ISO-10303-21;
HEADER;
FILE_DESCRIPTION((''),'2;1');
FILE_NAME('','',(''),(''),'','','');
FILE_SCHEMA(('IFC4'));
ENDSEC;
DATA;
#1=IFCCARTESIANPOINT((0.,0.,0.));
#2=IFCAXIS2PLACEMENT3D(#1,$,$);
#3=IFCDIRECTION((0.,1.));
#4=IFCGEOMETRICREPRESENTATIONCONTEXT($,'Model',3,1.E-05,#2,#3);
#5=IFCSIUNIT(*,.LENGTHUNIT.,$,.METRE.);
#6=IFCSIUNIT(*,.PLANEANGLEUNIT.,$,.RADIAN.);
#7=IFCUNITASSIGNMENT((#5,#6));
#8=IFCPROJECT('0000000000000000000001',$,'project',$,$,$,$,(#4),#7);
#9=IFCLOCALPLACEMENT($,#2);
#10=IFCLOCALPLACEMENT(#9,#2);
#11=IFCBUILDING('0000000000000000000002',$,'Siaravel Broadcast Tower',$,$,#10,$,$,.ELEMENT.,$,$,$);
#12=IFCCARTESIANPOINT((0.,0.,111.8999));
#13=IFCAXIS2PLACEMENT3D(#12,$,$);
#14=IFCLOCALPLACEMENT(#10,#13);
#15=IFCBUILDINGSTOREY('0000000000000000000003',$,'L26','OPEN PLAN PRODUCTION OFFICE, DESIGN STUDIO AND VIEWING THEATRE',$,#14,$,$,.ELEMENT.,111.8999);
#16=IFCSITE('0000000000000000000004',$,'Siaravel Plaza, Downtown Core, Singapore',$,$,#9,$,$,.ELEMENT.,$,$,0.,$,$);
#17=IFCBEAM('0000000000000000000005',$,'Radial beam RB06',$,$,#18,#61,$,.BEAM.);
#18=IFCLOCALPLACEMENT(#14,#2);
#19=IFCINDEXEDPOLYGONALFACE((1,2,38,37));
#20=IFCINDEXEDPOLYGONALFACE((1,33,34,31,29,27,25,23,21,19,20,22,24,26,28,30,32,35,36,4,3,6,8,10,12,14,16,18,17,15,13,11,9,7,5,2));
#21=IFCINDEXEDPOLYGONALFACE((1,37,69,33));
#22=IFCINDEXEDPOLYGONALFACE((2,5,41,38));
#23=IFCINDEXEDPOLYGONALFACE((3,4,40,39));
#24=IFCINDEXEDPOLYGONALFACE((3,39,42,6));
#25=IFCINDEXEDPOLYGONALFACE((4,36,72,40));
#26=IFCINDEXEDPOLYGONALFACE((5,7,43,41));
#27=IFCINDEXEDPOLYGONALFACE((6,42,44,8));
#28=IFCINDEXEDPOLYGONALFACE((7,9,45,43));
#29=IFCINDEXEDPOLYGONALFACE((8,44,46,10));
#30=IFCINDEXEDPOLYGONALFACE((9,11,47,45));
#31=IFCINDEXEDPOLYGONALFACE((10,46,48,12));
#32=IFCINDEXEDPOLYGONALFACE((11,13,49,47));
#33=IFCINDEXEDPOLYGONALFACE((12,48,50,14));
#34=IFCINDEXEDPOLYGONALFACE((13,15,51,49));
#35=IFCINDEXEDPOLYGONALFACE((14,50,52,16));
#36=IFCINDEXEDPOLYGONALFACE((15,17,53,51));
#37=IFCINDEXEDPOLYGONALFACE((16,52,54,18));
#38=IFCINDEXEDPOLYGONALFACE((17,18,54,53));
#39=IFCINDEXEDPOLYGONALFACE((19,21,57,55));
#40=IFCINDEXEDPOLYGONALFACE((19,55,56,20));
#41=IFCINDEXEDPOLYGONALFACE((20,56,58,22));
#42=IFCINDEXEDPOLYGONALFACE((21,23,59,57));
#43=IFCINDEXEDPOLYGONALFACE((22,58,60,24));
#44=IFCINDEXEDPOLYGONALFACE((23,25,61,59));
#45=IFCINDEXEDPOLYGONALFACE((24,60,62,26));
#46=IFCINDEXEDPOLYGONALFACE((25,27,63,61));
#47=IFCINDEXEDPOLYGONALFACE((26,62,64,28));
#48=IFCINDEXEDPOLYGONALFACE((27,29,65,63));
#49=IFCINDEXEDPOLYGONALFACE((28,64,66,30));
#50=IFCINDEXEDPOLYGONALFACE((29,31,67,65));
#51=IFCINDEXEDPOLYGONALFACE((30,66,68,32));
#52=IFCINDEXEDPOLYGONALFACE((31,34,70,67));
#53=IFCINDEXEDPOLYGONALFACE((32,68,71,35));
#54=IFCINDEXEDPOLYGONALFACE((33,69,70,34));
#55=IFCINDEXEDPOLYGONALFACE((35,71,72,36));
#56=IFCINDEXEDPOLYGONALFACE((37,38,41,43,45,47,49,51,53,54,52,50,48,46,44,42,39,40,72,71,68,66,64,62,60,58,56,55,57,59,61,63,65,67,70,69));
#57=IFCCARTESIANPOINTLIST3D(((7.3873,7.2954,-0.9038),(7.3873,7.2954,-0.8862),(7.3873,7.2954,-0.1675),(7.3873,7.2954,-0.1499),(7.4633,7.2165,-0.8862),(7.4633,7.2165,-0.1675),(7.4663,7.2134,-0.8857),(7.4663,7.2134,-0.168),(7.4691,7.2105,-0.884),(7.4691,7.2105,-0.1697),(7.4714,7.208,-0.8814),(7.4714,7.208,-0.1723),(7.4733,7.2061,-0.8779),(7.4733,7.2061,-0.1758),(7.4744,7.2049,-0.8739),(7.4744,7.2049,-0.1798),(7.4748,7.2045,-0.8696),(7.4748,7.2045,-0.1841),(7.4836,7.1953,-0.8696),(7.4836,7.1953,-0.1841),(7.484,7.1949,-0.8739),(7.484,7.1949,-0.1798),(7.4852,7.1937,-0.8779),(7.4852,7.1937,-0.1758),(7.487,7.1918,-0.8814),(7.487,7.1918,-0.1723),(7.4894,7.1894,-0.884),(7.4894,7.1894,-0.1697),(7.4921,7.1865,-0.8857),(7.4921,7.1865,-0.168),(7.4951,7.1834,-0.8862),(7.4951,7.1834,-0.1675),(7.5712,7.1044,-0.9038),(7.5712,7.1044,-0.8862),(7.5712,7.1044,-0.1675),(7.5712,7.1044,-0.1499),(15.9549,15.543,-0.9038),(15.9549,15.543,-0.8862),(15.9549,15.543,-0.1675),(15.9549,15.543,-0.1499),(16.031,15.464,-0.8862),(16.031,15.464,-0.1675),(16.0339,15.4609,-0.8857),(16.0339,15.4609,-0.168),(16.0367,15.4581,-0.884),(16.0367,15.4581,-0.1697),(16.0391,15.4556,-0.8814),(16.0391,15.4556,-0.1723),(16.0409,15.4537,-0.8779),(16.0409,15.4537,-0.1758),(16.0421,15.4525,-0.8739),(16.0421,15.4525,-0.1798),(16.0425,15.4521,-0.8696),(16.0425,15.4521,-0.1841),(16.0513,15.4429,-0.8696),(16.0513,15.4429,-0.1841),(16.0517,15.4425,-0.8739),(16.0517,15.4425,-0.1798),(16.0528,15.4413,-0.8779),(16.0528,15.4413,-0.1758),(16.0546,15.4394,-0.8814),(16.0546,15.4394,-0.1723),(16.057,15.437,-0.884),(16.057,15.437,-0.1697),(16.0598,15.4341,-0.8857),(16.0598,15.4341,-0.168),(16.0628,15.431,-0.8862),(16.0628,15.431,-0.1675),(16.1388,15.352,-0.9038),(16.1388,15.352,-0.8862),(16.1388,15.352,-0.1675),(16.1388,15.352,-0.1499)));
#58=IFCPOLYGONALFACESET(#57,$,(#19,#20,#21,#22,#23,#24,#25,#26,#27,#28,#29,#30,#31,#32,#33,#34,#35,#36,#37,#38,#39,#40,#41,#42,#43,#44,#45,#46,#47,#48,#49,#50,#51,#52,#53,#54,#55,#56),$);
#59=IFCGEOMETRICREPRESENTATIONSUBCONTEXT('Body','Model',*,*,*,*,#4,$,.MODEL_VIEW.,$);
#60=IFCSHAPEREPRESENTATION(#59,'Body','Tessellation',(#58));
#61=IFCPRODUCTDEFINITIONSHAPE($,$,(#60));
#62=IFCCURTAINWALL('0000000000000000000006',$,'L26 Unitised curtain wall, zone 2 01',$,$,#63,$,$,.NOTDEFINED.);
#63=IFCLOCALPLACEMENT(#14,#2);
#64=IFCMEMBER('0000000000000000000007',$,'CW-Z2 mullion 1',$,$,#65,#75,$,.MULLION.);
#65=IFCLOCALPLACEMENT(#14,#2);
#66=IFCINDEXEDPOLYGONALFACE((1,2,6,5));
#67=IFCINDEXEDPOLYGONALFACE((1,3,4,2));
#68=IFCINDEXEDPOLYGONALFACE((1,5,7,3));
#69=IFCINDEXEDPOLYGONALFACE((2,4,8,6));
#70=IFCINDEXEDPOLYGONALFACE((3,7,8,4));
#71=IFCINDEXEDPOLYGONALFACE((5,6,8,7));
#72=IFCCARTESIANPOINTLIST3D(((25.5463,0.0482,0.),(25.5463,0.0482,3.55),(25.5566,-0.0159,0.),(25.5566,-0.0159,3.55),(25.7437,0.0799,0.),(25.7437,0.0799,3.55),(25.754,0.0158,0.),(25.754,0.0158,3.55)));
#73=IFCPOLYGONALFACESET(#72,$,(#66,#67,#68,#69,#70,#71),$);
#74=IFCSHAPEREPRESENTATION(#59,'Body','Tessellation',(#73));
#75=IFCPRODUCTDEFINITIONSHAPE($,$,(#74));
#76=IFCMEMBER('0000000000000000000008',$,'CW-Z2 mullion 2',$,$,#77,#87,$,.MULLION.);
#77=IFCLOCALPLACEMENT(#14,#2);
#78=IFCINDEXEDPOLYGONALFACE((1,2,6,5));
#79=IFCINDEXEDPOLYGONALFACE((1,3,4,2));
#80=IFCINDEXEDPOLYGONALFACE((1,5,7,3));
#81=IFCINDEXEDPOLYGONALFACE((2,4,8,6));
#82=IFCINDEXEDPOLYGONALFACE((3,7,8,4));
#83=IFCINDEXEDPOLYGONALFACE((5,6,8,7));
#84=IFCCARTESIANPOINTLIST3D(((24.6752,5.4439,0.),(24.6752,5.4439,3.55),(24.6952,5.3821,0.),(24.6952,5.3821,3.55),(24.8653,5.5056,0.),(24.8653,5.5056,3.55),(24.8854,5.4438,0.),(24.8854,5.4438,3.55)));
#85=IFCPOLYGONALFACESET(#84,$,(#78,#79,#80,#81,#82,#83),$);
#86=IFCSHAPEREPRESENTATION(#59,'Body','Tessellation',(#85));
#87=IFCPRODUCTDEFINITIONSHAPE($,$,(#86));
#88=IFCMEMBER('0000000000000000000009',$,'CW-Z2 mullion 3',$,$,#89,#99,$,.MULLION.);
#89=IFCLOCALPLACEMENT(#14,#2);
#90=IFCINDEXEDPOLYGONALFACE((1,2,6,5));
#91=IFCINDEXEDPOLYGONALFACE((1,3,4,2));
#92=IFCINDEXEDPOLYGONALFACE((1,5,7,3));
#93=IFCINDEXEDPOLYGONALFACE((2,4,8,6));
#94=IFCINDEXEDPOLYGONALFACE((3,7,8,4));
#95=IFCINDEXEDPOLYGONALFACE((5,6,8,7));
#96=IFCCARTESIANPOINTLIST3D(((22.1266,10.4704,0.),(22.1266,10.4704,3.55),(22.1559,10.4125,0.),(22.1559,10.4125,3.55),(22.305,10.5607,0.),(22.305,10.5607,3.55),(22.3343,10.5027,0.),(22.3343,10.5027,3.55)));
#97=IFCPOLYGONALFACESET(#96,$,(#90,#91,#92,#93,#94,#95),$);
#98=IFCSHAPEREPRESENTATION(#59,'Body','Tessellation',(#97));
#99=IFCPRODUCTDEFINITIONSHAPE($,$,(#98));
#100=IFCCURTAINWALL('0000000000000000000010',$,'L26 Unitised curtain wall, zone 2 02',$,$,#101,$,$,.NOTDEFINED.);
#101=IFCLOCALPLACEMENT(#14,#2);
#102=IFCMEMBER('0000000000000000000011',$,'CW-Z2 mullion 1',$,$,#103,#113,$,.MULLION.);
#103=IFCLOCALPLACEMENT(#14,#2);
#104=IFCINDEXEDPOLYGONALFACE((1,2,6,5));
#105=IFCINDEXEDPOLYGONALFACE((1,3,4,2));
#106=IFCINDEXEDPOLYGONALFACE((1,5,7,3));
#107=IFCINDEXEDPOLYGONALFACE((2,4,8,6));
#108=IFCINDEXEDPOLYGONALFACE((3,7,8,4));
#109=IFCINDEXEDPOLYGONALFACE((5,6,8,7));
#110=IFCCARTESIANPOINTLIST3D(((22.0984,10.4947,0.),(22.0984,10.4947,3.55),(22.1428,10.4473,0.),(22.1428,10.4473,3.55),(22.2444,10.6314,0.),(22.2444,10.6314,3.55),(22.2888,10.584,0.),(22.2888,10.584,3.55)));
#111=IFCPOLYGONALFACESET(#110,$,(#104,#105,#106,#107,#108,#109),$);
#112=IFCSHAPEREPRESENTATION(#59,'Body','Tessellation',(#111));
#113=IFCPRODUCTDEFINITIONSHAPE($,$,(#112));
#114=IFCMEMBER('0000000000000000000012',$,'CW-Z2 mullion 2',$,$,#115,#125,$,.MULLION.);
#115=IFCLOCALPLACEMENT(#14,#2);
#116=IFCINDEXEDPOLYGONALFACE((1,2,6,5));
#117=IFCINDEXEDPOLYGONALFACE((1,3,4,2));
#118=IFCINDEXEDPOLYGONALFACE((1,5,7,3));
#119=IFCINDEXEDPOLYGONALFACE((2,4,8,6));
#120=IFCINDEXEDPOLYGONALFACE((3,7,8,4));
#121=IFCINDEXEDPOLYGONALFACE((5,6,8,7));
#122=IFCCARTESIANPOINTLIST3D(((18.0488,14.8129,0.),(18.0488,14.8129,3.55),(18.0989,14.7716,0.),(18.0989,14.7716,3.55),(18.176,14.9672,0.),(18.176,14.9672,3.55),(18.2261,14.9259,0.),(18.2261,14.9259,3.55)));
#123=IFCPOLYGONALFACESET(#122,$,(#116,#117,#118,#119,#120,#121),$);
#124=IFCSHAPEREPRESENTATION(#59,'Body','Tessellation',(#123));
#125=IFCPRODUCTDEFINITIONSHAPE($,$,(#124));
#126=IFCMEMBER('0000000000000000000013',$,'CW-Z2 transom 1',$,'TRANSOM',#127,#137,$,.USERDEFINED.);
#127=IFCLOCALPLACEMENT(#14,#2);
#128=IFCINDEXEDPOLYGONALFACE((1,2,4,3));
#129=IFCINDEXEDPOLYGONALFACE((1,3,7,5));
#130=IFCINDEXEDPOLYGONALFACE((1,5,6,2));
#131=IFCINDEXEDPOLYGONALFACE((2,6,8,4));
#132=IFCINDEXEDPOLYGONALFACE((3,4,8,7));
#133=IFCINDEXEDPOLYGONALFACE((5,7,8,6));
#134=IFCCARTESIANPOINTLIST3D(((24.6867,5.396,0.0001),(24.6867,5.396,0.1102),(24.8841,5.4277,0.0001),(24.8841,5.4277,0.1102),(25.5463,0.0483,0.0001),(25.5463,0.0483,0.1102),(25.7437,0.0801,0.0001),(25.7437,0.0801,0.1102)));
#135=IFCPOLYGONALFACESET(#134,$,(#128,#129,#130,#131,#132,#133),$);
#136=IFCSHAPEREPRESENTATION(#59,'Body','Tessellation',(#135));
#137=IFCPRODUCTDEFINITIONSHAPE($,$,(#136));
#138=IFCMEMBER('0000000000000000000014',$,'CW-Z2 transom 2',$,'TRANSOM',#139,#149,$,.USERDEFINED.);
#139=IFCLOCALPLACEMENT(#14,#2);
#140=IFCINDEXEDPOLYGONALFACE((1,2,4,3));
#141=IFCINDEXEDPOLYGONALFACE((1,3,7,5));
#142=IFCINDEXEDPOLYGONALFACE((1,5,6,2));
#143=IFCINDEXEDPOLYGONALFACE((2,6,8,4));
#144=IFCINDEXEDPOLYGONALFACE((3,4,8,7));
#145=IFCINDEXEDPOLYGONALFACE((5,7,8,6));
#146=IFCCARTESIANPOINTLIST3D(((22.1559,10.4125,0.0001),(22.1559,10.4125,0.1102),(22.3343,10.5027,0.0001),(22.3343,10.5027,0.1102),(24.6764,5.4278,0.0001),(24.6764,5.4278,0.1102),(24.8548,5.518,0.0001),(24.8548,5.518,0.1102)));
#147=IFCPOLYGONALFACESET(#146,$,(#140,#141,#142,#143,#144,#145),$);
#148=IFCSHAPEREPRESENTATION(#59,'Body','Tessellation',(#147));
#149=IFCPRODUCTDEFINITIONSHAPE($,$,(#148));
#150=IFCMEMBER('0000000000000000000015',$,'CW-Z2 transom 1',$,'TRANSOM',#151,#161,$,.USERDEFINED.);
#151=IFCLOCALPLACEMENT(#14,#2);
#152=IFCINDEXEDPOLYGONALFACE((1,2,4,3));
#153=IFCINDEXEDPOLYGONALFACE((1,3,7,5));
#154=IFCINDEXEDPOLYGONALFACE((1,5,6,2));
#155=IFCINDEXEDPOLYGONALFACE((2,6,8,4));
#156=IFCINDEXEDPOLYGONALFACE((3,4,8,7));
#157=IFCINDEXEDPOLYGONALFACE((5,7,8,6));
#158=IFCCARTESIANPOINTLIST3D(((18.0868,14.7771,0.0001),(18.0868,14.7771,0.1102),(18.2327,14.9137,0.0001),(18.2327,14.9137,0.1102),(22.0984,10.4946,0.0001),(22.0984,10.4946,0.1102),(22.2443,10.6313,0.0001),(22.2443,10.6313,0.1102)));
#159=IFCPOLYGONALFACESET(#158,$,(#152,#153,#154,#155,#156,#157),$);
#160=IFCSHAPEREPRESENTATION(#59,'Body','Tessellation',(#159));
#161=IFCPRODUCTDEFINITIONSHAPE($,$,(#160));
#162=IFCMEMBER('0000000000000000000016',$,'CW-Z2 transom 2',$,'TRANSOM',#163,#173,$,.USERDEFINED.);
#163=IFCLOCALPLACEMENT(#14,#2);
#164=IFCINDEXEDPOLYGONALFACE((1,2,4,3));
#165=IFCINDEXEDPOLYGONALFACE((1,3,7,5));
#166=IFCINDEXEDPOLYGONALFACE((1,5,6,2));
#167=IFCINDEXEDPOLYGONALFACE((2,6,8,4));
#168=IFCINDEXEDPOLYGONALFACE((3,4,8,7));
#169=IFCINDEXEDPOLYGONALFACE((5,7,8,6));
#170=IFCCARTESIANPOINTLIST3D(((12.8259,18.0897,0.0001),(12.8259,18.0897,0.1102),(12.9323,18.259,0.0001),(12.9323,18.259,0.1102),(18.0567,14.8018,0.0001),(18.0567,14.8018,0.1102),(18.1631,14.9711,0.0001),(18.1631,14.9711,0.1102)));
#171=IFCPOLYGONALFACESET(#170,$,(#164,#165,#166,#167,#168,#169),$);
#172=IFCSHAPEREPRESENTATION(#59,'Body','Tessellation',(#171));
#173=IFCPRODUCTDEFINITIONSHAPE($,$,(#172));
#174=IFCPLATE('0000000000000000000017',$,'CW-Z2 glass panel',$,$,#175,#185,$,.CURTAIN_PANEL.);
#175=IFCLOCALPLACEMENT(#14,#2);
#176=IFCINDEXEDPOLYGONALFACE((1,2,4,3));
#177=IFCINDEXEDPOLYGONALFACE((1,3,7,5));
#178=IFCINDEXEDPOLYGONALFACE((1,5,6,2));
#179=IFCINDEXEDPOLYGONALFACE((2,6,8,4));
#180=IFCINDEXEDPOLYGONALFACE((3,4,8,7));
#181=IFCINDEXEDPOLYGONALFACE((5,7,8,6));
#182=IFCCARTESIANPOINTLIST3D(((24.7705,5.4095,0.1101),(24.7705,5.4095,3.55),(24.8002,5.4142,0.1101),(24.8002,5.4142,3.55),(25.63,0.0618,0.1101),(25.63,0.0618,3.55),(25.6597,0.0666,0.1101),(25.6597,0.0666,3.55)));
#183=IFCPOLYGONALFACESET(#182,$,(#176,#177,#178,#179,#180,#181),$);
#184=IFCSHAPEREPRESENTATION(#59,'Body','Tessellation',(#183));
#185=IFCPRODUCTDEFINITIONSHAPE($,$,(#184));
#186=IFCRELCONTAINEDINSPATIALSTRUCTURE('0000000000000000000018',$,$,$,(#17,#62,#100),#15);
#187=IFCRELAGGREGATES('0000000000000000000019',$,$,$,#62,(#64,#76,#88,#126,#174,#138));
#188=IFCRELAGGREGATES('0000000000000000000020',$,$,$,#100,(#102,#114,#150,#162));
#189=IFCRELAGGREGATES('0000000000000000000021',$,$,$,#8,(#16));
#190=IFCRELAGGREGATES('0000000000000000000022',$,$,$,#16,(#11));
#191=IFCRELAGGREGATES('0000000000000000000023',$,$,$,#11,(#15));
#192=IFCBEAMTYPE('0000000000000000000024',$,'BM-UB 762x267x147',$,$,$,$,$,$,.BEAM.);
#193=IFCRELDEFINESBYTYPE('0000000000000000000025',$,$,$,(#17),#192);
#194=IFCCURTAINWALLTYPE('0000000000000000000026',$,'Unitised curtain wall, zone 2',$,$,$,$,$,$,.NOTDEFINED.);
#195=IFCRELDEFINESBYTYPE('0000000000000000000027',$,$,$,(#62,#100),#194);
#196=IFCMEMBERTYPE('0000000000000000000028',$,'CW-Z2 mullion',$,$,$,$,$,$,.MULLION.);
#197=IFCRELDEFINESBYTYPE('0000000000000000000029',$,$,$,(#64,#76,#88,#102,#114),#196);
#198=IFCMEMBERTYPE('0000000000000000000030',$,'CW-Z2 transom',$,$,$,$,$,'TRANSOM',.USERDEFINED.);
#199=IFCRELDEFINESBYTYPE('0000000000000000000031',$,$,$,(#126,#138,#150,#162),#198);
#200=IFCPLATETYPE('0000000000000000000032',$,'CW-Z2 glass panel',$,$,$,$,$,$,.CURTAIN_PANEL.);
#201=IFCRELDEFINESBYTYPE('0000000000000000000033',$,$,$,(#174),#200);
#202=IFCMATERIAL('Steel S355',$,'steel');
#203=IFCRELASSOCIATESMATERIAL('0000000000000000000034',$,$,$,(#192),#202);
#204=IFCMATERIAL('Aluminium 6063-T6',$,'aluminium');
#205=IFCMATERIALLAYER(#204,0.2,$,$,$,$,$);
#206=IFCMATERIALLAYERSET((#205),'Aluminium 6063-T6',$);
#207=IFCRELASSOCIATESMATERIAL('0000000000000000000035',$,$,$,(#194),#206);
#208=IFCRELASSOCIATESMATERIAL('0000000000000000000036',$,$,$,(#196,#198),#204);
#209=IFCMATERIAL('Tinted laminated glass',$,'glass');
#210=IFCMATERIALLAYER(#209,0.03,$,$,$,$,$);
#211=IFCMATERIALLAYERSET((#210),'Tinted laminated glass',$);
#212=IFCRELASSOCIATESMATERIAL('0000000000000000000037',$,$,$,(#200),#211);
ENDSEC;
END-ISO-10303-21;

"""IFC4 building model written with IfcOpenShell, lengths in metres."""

from ifc_helpers import new_model, si_unit, direction, frame, origin, origin_2d, place, context, subcontext, project, spatial, rectangle, i_section, extrude, material, layer, layer_set, material_profile, profile_set, type_object, element, aggregate, save


model = new_model("IFC4")

# Units and contexts
model_context = context("Model", 3, precision=1e-05, world=origin(), true_north=direction((0.0, 1.0)))
body_context = subcontext(model_context, "Body", "Model", "MODEL_VIEW")
ifc_project = project(units=[si_unit("LENGTHUNIT", "METRE"), si_unit("PLANEANGLEUNIT", "RADIAN")], contexts=[model_context])

# Site, building, storey
site_placement = place(None, origin())
site = spatial("IfcSite", under=ifc_project, at=site_placement, Name="Siaravel Plaza, Downtown Core, Singapore", CompositionType="ELEMENT", RefElevation=0.0)
building_placement = place(site_placement, origin())
building = spatial("IfcBuilding", under=site, at=building_placement, Name="Siaravel Broadcast Tower", CompositionType="ELEMENT")
storey_placement = place(building_placement, frame((0.0, 0.0, 111.8999)))
storey = spatial("IfcBuildingStorey", under=building, at=storey_placement, Name="L26", Description="OPEN PLAN PRODUCTION OFFICE, DESIGN STUDIO AND VIEWING THEATRE", CompositionType="ELEMENT", Elevation=111.8999)

# Beam
ifc_material_1 = material(Name="Steel S355", Category="steel")
ifc_material_profile_1 = material_profile(ifc_material_1, i_section(OverallWidth=0.2651, OverallDepth=0.7539, WebThickness=0.0127, FlangeThickness=0.0176, FilletRadius=0.0166, at=origin_2d()))
ifc_profile_set_1 = profile_set([ifc_material_profile_1], Name="Steel S355")
beam_type = type_object("IfcBeamType", Name="BM-UB 762x267x147", PredefinedType="BEAM", material=ifc_profile_set_1)
beam_1_placement = place(storey_placement, frame((16.0469, 15.4475, -0.5269), z_axis=(-0.720436, -0.693522, 0.0), x_axis=(0.693522, -0.720436, 0.0)))
element("IfcBeam", 1, at=beam_1_placement, inside=storey, type_object=beam_type, Name="Radial beam RB06", PredefinedType="BEAM", context=body_context, shape_type="SweptSolid", body=[
    extrude(i_section(OverallWidth=0.2651, OverallDepth=0.7539, WebThickness=0.0127, FlangeThickness=0.0176, FilletRadius=0.0166, at=origin_2d()), origin(), (0.0, 0.0, 1.0), 11.8923),
])

# Curtain walls, members
ifc_material_2 = material(Name="Aluminium 6063-T6", Category="aluminium")
ifc_layer_1 = layer(ifc_material_2, 0.2)
ifc_layer_set_1 = layer_set([ifc_layer_1], Name="Aluminium 6063-T6")
curtain_wall_type = type_object("IfcCurtainWallType", Name="Unitised curtain wall, zone 2", PredefinedType="NOTDEFINED", material=ifc_layer_set_1)
curtain_wall_1_placement = place(storey_placement, origin())
curtain_wall_1 = element("IfcCurtainWall", 2, at=curtain_wall_1_placement, inside=storey, type_object=curtain_wall_type, Name="L26 Unitised curtain wall, zone 2 01", PredefinedType="NOTDEFINED")
ifc_material_profile_2 = material_profile(ifc_material_2, rectangle(XDim=0.2, YDim=0.0649, at=origin_2d()))
ifc_profile_set_2 = profile_set([ifc_material_profile_2], Name="Aluminium 6063-T6")
member_type_1 = type_object("IfcMemberType", Name="CW-Z2 mullion", PredefinedType="MULLION", material=ifc_profile_set_2)
member_1_placement = place(storey_placement, frame((25.6501, 0.032, 0.0), z_axis=(0.0, 0.0, 1.0), x_axis=(-0.987329, -0.158686, 0.0)))
member_1 = element("IfcMember", 3, at=member_1_placement, type_object=member_type_1, Name="CW-Z2 mullion 1", PredefinedType="MULLION", context=body_context, shape_type="SweptSolid", body=[
    extrude(rectangle(XDim=0.2, YDim=0.0649, at=origin_2d()), origin(), (0.0, 0.0, 1.0), 3.55),
])
member_2_placement = place(storey_placement, frame((24.7803, 5.4438, 0.0), z_axis=(0.0, 0.0, 1.0), x_axis=(-0.951177, -0.308646, 0.0)))
member_2 = element("IfcMember", 4, at=member_2_placement, type_object=member_type_1, Name="CW-Z2 mullion 2", PredefinedType="MULLION", context=body_context, shape_type="SweptSolid", body=[
    extrude(rectangle(XDim=0.2, YDim=0.0649, at=origin_2d()), origin(), (0.0, 0.0, 1.0), 3.55),
])
member_3_placement = place(storey_placement, frame((22.2305, 10.4866, 0.0), z_axis=(0.0, 0.0, 1.0), x_axis=(-0.892392, -0.451261, 0.0)))
member_3 = element("IfcMember", 5, at=member_3_placement, type_object=member_type_1, Name="CW-Z2 mullion 3", PredefinedType="MULLION", context=body_context, shape_type="SweptSolid", body=[
    extrude(rectangle(XDim=0.2, YDim=0.0649, at=origin_2d()), origin(), (0.0, 0.0, 1.0), 3.55),
])
curtain_wall_2_placement = place(storey_placement, origin())
curtain_wall_2 = element("IfcCurtainWall", 6, at=curtain_wall_2_placement, inside=storey, type_object=curtain_wall_type, Name="L26 Unitised curtain wall, zone 2 02", PredefinedType="NOTDEFINED")
member_4_placement = place(storey_placement, frame((22.1936, 10.5393, 0.0), z_axis=(0.0, 0.0, 1.0), x_axis=(-0.729805, -0.683655, 0.0)))
member_4 = element("IfcMember", 7, at=member_4_placement, type_object=member_type_1, Name="CW-Z2 mullion 1", PredefinedType="MULLION", context=body_context, shape_type="SweptSolid", body=[
    extrude(rectangle(XDim=0.2, YDim=0.0649, at=origin_2d()), origin(), (0.0, 0.0, 1.0), 3.55),
])
member_5_placement = place(storey_placement, frame((18.1375, 14.8694, 0.0), z_axis=(0.0, 0.0, 1.0), x_axis=(-0.636218, -0.771509, 0.0)))
member_5 = element("IfcMember", 8, at=member_5_placement, type_object=member_type_1, Name="CW-Z2 mullion 2", PredefinedType="MULLION", context=body_context, shape_type="SweptSolid", body=[
    extrude(rectangle(XDim=0.2, YDim=0.0649, at=origin_2d()), origin(), (0.0, 0.0, 1.0), 3.55),
])

# Members
ifc_material_profile_3 = material_profile(ifc_material_2, rectangle(XDim=0.2, YDim=0.1101, at=origin_2d()))
ifc_profile_set_3 = profile_set([ifc_material_profile_3], Name="Aluminium 6063-T6")
member_type_2 = type_object("IfcMemberType", Name="CW-Z2 transom", ElementType="TRANSOM", PredefinedType="USERDEFINED", material=ifc_profile_set_3)
member_6_placement = place(storey_placement, frame((25.645, 0.0642, 0.0552), z_axis=(-0.158709, 0.987325, 0.0), x_axis=(-0.987325, -0.158709, 0.0)))
member_6 = element("IfcMember", 9, at=member_6_placement, type_object=member_type_2, Name="CW-Z2 transom 1", ObjectType="TRANSOM", PredefinedType="USERDEFINED", context=body_context, shape_type="SweptSolid", body=[
    extrude(rectangle(XDim=0.2, YDim=0.1101, at=origin_2d()), origin(), (0.0, 0.0, 1.0), 5.4163),
])
member_7_placement = place(storey_placement, frame((24.7656, 5.4729, 0.0552), z_axis=(-0.451248, 0.892399, 0.0), x_axis=(-0.892399, -0.451248, 0.0)))
member_7 = element("IfcMember", 10, at=member_7_placement, type_object=member_type_2, Name="CW-Z2 transom 2", ObjectType="TRANSOM", PredefinedType="USERDEFINED", context=body_context, shape_type="SweptSolid", body=[
    extrude(rectangle(XDim=0.2, YDim=0.1101, at=origin_2d()), origin(), (0.0, 0.0, 1.0), 5.5857),
])
member_8_placement = place(storey_placement, frame((22.1714, 10.563, 0.0552), z_axis=(-0.68366, 0.729801, 0.0), x_axis=(-0.729801, -0.68366, 0.0)))
member_8 = element("IfcMember", 11, at=member_8_placement, type_object=member_type_2, Name="CW-Z2 transom 1", ObjectType="TRANSOM", PredefinedType="USERDEFINED", context=body_context, shape_type="SweptSolid", body=[
    extrude(rectangle(XDim=0.2, YDim=0.1101, at=origin_2d()), origin(), (0.0, 0.0, 1.0), 5.8679),
])
member_9_placement = place(storey_placement, frame((18.1099, 14.8865, 0.0552), z_axis=(-0.846639, 0.532167, 0.0), x_axis=(-0.532167, -0.846639, 0.0)))
member_9 = element("IfcMember", 12, at=member_9_placement, type_object=member_type_2, Name="CW-Z2 transom 2", ObjectType="TRANSOM", PredefinedType="USERDEFINED", context=body_context, shape_type="SweptSolid", body=[
    extrude(rectangle(XDim=0.2, YDim=0.1101, at=origin_2d()), origin(), (0.0, 0.0, 1.0), 6.1782),
])

# Plate
ifc_material_3 = material(Name="Tinted laminated glass", Category="glass")
ifc_layer_2 = layer(ifc_material_3, 0.03)
ifc_layer_set_2 = layer_set([ifc_layer_2], Name="Tinted laminated glass")
plate_type = type_object("IfcPlateType", Name="CW-Z2 glass panel", PredefinedType="CURTAIN_PANEL", material=ifc_layer_set_2)
plate_1_placement = place(storey_placement, frame((25.2151, 2.738, 0.1101), z_axis=(0.0, 0.0, 1.0), x_axis=(-0.158686, 0.987329, 0.0)))
plate_1 = element("IfcPlate", 13, at=plate_1_placement, type_object=plate_type, Name="CW-Z2 glass panel", PredefinedType="CURTAIN_PANEL", context=body_context, shape_type="SweptSolid", body=[
    extrude(rectangle(XDim=5.4163, YDim=0.03, at=origin_2d()), origin(), (0.0, 0.0, 1.0), 3.4399),
])
aggregate(curtain_wall_1, [member_1, member_2, member_3, member_6, plate_1, member_7])
aggregate(curtain_wall_2, [member_4, member_5, member_8, member_9])

save(model, "model.ifc")
